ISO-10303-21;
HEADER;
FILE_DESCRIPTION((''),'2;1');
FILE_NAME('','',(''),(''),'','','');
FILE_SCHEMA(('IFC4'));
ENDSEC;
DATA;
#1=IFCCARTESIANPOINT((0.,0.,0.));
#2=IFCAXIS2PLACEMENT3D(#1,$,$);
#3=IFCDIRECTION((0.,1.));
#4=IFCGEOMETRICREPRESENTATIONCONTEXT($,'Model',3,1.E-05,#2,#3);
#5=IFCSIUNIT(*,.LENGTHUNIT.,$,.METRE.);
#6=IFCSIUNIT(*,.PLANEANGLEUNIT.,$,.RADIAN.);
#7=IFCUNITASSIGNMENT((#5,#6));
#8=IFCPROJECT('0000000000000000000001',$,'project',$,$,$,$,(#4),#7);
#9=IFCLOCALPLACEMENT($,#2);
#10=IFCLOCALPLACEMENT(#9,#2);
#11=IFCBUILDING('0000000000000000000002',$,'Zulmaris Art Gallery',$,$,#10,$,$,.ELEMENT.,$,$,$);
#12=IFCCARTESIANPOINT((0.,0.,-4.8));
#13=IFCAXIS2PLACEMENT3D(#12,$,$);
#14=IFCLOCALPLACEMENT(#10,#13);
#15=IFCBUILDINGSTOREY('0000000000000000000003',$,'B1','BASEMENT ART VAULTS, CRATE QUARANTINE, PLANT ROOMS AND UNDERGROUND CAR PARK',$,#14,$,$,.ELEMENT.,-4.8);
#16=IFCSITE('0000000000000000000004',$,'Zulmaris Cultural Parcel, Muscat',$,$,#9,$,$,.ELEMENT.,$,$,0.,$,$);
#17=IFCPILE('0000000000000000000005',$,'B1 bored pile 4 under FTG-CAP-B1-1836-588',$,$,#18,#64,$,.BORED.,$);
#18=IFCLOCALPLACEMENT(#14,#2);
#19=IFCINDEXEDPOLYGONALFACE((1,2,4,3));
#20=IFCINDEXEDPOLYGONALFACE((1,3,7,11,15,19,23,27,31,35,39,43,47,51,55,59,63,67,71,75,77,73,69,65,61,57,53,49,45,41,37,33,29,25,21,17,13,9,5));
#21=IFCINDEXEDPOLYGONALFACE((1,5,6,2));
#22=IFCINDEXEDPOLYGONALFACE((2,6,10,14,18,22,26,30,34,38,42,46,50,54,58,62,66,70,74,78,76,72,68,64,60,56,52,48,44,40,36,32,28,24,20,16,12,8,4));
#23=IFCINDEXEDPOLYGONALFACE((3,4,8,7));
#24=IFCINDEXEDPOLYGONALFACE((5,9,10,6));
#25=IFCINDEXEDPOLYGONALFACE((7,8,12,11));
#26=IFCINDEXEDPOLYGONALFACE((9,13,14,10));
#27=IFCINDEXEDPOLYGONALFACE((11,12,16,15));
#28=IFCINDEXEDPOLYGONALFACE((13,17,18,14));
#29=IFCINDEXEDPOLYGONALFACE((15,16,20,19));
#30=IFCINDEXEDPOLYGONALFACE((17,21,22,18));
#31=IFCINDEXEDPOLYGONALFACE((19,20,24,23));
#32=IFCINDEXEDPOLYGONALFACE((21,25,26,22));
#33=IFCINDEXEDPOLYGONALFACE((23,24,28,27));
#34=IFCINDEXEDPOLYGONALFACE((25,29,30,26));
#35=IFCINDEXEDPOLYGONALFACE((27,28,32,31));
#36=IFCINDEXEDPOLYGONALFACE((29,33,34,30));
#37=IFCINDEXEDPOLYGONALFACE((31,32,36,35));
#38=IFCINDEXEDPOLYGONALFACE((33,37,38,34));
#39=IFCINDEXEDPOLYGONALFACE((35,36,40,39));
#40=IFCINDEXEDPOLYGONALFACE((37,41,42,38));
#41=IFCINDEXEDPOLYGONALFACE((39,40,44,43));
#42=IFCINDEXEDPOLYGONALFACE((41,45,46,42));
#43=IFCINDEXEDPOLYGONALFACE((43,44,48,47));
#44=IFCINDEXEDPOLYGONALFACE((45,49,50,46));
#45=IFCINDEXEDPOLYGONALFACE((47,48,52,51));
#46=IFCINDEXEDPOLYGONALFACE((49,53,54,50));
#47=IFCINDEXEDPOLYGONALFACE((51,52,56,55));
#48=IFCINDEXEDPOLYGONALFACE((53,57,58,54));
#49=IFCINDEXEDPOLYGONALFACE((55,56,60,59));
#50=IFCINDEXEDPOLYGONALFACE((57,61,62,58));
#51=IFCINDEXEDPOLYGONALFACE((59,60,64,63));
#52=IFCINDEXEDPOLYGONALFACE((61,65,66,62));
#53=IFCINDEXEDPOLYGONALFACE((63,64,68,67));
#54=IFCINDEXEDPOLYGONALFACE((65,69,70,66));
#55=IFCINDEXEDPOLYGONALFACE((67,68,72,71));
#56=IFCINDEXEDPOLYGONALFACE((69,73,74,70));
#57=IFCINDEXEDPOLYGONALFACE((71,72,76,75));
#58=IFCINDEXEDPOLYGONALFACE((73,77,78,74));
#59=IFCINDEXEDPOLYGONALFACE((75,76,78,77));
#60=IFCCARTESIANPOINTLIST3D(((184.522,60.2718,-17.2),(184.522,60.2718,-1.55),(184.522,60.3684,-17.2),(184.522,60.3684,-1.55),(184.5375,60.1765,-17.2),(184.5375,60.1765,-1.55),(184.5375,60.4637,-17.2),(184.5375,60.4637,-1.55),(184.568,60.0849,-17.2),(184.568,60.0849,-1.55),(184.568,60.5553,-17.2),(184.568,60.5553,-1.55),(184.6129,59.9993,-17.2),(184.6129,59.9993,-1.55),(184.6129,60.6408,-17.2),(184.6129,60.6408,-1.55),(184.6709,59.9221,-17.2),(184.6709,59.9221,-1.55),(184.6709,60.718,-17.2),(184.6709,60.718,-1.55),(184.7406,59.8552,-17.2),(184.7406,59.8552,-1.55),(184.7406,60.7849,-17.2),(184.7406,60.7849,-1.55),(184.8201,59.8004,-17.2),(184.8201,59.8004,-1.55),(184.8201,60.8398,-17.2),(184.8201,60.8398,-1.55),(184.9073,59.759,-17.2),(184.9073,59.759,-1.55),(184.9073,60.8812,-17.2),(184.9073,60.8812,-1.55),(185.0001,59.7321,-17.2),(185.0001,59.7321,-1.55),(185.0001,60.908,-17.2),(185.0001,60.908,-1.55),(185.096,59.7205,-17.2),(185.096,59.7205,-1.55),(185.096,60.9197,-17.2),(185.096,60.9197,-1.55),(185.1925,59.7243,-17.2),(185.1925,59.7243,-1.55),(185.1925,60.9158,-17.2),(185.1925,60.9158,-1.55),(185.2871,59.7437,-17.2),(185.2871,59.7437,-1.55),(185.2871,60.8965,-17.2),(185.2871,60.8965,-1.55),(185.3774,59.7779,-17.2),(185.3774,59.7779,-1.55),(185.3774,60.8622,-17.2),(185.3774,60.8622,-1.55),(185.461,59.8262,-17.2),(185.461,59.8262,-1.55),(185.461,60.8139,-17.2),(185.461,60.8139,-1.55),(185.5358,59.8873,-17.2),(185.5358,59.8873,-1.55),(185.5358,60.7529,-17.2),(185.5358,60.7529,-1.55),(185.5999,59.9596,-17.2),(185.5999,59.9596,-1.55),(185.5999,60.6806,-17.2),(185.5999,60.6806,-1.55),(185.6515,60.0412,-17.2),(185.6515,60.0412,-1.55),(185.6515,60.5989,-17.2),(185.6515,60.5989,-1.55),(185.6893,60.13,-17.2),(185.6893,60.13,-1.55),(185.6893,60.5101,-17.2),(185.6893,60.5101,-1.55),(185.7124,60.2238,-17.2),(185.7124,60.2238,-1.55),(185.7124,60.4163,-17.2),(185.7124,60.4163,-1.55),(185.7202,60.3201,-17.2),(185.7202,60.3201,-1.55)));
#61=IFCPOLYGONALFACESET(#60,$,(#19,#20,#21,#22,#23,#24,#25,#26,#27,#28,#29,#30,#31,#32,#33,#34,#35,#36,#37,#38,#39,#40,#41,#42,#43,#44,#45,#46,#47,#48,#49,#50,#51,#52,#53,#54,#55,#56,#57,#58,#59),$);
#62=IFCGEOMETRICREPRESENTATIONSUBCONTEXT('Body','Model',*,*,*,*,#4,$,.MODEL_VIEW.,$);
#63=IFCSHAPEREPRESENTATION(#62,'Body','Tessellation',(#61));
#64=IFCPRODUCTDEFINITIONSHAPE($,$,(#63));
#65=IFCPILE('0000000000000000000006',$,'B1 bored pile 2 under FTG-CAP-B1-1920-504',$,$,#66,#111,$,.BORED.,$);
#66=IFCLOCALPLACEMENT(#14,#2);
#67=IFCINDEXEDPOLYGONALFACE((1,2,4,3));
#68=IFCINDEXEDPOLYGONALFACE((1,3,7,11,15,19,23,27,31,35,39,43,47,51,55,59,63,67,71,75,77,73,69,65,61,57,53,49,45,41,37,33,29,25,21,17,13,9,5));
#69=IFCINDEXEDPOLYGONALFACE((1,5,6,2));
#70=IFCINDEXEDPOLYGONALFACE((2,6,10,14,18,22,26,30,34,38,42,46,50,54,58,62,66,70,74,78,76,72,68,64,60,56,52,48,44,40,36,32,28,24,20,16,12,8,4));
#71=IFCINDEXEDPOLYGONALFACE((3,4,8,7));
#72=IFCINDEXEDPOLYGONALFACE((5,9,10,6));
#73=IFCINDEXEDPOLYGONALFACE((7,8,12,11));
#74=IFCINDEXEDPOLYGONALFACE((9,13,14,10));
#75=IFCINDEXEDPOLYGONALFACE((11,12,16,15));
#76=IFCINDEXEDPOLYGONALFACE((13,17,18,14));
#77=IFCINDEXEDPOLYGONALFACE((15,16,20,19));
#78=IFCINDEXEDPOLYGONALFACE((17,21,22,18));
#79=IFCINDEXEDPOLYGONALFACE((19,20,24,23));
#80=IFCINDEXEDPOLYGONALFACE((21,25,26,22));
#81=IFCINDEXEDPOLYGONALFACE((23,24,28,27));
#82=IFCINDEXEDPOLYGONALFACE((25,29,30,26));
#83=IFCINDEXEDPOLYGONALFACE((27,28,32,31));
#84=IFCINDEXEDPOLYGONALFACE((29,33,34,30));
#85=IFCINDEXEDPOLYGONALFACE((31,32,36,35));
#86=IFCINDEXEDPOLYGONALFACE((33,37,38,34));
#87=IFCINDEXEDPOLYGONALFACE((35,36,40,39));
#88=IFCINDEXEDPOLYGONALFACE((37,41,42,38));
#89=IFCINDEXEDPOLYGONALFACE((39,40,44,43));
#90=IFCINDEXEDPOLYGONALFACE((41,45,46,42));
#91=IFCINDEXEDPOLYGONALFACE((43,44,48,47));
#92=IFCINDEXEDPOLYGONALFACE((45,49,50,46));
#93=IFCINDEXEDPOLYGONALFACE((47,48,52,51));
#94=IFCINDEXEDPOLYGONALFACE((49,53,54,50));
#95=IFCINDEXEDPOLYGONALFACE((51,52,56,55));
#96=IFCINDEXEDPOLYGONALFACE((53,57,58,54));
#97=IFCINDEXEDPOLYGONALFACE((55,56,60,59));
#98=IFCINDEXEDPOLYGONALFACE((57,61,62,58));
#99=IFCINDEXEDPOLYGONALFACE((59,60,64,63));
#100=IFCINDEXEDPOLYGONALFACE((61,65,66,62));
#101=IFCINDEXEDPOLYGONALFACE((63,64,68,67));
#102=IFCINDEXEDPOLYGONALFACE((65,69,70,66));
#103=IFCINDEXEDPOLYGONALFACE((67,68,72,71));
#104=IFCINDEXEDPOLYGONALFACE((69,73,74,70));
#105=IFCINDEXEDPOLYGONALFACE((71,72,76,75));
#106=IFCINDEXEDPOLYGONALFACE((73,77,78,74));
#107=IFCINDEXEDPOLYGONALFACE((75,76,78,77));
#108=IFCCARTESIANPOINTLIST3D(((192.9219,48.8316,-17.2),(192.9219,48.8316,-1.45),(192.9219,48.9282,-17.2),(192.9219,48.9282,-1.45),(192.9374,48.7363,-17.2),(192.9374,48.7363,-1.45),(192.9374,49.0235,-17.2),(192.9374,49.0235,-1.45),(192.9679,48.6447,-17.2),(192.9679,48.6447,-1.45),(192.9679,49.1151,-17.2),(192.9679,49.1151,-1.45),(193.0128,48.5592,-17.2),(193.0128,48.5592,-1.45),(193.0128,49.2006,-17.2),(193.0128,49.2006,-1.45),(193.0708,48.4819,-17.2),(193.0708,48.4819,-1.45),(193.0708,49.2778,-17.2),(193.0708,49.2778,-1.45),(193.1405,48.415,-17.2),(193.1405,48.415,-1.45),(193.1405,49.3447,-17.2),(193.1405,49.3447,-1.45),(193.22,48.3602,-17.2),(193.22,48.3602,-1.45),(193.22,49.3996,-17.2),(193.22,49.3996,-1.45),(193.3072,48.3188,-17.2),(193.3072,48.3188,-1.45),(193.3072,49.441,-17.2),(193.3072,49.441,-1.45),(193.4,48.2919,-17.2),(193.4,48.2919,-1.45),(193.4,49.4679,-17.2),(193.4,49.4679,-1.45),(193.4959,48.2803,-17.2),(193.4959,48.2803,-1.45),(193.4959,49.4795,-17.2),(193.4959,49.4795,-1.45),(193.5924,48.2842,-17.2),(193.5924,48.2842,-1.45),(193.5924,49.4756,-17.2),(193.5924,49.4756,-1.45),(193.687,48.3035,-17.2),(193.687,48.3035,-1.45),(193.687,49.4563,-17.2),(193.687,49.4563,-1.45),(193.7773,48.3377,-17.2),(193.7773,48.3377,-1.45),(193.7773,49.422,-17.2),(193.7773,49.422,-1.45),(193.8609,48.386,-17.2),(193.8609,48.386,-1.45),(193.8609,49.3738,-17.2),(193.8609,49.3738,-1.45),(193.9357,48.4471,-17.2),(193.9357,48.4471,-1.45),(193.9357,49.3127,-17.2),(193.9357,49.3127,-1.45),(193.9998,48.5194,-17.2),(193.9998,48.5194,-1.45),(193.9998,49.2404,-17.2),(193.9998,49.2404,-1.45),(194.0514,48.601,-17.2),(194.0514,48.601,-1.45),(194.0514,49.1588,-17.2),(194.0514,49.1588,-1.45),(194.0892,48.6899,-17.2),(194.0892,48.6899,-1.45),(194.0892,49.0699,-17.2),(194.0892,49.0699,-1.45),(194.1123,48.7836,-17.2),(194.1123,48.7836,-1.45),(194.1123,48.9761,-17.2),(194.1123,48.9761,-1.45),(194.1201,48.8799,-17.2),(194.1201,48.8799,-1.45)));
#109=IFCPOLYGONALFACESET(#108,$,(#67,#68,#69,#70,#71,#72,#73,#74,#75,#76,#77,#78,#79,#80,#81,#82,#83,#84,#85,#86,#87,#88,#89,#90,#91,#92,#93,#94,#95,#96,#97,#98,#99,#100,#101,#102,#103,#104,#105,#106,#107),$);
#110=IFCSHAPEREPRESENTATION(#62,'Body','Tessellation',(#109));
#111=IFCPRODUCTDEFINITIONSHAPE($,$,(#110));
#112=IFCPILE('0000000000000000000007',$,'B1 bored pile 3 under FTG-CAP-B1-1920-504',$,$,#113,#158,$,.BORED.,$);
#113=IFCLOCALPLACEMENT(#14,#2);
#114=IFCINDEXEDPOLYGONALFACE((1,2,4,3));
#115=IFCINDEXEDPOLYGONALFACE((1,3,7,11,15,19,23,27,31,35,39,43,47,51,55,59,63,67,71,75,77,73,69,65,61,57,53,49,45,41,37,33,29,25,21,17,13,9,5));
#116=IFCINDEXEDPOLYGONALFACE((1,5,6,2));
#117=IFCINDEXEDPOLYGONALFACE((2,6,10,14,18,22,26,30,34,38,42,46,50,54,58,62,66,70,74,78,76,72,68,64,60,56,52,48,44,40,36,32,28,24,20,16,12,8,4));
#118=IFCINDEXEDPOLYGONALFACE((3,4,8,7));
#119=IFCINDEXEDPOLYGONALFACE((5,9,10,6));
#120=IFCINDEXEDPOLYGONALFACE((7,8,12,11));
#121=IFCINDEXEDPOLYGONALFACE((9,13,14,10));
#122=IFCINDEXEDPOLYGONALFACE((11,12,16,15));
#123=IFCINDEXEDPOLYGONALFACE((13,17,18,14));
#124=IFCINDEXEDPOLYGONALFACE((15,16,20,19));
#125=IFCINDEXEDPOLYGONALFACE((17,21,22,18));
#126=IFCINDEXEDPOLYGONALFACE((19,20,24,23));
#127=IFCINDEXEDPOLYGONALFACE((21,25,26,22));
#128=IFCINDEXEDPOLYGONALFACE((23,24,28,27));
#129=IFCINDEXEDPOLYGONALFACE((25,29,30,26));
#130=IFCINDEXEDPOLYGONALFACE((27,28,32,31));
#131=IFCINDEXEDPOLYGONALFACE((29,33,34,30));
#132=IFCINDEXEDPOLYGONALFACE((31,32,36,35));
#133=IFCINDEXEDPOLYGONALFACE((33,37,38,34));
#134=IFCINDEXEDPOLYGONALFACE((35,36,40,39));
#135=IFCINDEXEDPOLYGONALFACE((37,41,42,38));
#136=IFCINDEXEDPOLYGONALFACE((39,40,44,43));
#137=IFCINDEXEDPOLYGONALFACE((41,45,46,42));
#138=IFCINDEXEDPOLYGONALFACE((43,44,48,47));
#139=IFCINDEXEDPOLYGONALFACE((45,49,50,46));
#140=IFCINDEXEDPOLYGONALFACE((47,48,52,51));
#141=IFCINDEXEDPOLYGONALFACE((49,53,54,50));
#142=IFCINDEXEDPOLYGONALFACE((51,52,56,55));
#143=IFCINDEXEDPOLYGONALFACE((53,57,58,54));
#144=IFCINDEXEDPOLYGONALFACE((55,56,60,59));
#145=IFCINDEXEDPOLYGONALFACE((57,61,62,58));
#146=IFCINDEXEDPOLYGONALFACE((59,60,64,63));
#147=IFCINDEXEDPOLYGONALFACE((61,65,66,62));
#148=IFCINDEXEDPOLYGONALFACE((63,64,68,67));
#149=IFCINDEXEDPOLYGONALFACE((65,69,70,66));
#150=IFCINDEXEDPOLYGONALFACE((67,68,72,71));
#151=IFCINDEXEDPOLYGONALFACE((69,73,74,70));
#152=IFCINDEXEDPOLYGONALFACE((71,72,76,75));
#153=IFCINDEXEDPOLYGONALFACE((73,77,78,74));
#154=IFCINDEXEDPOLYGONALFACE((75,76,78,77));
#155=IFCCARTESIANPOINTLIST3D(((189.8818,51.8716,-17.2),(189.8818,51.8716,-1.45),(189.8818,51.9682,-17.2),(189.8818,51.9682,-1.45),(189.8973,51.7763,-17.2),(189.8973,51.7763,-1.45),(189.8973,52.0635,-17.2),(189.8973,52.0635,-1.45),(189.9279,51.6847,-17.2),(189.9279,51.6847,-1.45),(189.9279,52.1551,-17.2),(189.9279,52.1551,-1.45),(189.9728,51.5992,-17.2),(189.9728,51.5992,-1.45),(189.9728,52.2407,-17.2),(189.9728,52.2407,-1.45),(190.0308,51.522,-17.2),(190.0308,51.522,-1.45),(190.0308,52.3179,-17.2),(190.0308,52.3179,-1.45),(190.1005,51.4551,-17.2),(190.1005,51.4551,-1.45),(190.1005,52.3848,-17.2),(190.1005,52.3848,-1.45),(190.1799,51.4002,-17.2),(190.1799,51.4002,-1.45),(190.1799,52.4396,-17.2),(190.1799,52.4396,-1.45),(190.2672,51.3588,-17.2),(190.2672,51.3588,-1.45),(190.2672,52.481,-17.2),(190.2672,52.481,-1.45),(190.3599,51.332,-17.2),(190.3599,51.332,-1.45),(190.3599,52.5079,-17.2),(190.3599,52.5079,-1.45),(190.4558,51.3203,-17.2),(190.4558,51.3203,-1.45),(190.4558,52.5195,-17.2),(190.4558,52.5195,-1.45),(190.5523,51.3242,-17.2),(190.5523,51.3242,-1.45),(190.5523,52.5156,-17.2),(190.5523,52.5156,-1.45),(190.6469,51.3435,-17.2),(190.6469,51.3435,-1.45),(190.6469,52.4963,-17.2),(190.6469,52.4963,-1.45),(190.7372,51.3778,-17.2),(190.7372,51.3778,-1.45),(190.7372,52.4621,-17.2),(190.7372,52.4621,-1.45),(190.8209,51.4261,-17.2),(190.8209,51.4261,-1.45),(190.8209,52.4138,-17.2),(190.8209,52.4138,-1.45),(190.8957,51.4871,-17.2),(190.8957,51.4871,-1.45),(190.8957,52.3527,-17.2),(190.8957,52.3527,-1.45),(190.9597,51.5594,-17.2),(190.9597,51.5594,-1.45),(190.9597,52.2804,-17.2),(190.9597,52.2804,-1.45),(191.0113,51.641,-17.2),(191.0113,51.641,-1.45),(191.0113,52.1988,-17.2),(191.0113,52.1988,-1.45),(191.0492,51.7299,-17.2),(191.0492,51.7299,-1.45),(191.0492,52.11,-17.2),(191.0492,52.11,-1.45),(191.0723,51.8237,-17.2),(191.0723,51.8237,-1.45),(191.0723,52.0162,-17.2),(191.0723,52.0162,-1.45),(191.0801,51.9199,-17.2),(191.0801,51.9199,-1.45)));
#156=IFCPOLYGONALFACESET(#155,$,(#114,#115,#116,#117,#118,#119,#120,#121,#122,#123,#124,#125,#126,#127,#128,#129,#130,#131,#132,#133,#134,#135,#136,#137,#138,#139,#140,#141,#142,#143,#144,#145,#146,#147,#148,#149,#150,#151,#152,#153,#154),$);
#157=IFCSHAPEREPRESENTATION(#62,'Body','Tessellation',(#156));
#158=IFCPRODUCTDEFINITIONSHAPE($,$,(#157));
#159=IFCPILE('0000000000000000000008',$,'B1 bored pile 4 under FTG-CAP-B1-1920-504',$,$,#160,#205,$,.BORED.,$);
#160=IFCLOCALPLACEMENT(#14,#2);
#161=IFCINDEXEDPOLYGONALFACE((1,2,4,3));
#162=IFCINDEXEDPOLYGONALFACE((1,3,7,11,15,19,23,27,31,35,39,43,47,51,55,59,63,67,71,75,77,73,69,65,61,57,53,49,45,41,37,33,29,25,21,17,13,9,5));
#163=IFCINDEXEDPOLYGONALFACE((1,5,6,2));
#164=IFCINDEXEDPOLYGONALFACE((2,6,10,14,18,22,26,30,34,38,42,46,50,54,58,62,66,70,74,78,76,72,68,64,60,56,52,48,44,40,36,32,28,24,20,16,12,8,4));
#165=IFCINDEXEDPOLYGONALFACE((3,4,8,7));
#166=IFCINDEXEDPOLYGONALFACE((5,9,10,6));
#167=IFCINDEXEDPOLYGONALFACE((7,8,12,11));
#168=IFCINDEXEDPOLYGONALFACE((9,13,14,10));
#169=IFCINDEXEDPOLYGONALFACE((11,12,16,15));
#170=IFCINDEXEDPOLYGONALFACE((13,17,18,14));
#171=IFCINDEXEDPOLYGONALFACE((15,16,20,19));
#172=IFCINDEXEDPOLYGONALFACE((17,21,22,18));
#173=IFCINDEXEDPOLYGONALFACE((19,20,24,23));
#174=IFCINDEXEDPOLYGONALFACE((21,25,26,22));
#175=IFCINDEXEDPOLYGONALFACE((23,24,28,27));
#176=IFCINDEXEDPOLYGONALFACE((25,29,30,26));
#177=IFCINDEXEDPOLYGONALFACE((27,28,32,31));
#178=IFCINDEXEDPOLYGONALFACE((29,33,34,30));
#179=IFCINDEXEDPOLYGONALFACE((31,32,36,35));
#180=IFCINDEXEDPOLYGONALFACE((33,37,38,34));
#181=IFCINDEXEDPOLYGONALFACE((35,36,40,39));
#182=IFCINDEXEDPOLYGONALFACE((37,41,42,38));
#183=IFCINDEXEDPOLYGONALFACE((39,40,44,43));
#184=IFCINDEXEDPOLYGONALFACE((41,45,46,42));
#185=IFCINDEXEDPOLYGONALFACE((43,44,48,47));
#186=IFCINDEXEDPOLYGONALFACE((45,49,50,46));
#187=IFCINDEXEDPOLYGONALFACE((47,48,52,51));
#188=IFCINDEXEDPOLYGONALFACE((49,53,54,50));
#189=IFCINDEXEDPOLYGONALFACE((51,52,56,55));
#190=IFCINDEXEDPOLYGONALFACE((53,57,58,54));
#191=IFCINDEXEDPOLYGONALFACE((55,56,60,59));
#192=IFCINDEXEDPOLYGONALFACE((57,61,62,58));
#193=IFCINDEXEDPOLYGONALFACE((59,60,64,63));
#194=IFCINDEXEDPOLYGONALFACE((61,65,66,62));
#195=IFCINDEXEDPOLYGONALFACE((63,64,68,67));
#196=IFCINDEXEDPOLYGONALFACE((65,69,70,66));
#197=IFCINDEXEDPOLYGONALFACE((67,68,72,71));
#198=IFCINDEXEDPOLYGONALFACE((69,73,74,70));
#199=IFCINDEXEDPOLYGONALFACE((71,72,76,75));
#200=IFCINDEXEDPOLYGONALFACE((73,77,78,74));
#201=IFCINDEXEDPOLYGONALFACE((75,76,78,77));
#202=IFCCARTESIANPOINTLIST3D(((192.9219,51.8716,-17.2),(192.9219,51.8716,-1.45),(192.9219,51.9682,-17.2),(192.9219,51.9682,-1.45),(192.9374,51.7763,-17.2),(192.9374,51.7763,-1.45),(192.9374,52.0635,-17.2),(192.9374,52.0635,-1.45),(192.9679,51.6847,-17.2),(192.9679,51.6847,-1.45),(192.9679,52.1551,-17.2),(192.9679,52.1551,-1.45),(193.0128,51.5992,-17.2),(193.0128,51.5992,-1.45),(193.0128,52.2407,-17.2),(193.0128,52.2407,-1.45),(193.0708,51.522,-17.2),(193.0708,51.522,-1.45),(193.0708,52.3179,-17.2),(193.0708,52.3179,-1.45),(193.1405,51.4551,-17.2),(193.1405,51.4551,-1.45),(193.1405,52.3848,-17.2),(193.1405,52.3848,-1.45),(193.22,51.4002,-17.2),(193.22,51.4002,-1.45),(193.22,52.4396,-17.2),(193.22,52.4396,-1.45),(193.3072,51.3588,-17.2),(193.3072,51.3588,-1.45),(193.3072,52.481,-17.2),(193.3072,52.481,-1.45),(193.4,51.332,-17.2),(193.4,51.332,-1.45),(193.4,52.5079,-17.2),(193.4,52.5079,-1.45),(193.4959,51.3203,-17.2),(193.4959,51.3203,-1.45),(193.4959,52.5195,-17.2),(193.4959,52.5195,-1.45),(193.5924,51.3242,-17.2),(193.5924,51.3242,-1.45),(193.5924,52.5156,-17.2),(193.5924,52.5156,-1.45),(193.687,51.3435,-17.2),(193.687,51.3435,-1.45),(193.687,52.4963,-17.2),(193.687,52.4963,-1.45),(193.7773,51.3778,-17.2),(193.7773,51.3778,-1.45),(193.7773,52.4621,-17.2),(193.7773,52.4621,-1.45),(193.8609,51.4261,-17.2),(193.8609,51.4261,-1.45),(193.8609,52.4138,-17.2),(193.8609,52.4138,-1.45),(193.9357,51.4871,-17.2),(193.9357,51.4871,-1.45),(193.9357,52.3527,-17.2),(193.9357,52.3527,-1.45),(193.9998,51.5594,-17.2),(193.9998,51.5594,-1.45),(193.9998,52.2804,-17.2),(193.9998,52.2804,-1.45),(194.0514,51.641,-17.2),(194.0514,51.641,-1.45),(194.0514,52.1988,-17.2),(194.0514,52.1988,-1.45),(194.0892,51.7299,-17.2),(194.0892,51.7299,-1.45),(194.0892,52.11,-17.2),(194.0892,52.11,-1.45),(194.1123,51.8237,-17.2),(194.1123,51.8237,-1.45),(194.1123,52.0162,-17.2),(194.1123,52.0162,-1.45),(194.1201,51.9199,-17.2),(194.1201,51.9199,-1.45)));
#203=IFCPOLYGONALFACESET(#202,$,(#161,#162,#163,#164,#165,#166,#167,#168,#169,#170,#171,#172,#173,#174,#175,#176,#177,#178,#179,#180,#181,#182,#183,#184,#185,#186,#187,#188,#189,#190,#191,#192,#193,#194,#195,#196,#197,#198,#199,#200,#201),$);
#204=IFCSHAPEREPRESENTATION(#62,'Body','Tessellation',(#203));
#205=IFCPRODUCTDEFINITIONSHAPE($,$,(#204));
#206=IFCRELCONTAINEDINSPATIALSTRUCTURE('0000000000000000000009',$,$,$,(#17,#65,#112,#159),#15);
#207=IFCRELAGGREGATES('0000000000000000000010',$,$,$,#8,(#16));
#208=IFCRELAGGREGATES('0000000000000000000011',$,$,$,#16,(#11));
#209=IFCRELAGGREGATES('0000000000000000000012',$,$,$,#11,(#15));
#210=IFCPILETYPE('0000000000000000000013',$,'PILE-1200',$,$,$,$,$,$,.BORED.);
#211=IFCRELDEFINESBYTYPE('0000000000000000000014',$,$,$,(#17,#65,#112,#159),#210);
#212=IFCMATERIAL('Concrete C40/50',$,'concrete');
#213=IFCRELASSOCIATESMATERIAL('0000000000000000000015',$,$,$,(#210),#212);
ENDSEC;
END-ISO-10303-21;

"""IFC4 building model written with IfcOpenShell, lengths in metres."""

from ifc_helpers import new_model, si_unit, direction, frame, origin, origin_2d, place, context, subcontext, project, spatial, circle, extrude, material, material_profile, profile_set, type_object, element, save


model = new_model("IFC4")

# Units and contexts
model_context = context("Model", 3, precision=1e-05, world=origin(), true_north=direction((0.0, 1.0)))
body_context = subcontext(model_context, "Body", "Model", "MODEL_VIEW")
ifc_project = project(units=[si_unit("LENGTHUNIT", "METRE"), si_unit("PLANEANGLEUNIT", "RADIAN")], contexts=[model_context])

# Site, building, storey
site_placement = place(None, origin())
site = spatial("IfcSite", under=ifc_project, at=site_placement, Name="Zulmaris Cultural Parcel, Muscat", CompositionType="ELEMENT", RefElevation=0.0)
building_placement = place(site_placement, origin())
building = spatial("IfcBuilding", under=site, at=building_placement, Name="Zulmaris Art Gallery", CompositionType="ELEMENT")
storey_placement = place(building_placement, frame((0.0, 0.0, -4.8)))
storey = spatial("IfcBuildingStorey", under=building, at=storey_placement, Name="B1", Description="BASEMENT ART VAULTS, CRATE QUARANTINE, PLANT ROOMS AND UNDERGROUND CAR PARK", CompositionType="ELEMENT", Elevation=-4.8)

# Piles
ifc_material_1 = material(Name="Concrete C40/50", Category="concrete")
ifc_material_profile_1 = material_profile(ifc_material_1, circle(Radius=0.6001, at=origin_2d()), Name="PILE DIA 1200")
ifc_profile_set_1 = profile_set([ifc_material_profile_1], Name="Concrete C40/50")
pile_type = type_object("IfcPileType", Name="PILE-1200", PredefinedType="BORED", material=ifc_profile_set_1)
for number, where, z_axis, x_axis, name in (
    (1, (185.1201, 60.3201, -1.55), (0.0, 0.0, -1.0), (1.0, 0.0, 0.0), "B1 bored pile 4 under FTG-CAP-B1-1836-588"),
):
    element("IfcPile", number, at=place(storey_placement, frame(where, z_axis=z_axis, x_axis=x_axis)), inside=storey, type_object=pile_type, Name=name, PredefinedType="BORED", context=body_context, shape_type="SweptSolid", body=[
        extrude(circle(Radius=0.6001, at=origin_2d()), origin(), (0.0, 0.0, 1.0), 15.6499),
    ])
for number, where, z_axis, x_axis, name in (
    (2, (193.52, 48.8799, -1.45), (0.0, 0.0, -1.0), (1.0, 0.0, 0.0), "B1 bored pile 2 under FTG-CAP-B1-1920-504"),
    (3, (190.48, 51.9199, -1.45), (0.0, 0.0, -1.0), (1.0, 0.0, 0.0), "B1 bored pile 3 under FTG-CAP-B1-1920-504"),
    (4, (193.52, 51.9199, -1.45), (0.0, 0.0, -1.0), (1.0, 0.0, 0.0), "B1 bored pile 4 under FTG-CAP-B1-1920-504"),
):
    element("IfcPile", number, at=place(storey_placement, frame(where, z_axis=z_axis, x_axis=x_axis)), inside=storey, type_object=pile_type, Name=name, PredefinedType="BORED", context=body_context, shape_type="SweptSolid", body=[
        extrude(circle(Radius=0.6001, at=origin_2d()), origin(), (0.0, 0.0, 1.0), 15.75),
    ])

save(model, "model.ifc")
